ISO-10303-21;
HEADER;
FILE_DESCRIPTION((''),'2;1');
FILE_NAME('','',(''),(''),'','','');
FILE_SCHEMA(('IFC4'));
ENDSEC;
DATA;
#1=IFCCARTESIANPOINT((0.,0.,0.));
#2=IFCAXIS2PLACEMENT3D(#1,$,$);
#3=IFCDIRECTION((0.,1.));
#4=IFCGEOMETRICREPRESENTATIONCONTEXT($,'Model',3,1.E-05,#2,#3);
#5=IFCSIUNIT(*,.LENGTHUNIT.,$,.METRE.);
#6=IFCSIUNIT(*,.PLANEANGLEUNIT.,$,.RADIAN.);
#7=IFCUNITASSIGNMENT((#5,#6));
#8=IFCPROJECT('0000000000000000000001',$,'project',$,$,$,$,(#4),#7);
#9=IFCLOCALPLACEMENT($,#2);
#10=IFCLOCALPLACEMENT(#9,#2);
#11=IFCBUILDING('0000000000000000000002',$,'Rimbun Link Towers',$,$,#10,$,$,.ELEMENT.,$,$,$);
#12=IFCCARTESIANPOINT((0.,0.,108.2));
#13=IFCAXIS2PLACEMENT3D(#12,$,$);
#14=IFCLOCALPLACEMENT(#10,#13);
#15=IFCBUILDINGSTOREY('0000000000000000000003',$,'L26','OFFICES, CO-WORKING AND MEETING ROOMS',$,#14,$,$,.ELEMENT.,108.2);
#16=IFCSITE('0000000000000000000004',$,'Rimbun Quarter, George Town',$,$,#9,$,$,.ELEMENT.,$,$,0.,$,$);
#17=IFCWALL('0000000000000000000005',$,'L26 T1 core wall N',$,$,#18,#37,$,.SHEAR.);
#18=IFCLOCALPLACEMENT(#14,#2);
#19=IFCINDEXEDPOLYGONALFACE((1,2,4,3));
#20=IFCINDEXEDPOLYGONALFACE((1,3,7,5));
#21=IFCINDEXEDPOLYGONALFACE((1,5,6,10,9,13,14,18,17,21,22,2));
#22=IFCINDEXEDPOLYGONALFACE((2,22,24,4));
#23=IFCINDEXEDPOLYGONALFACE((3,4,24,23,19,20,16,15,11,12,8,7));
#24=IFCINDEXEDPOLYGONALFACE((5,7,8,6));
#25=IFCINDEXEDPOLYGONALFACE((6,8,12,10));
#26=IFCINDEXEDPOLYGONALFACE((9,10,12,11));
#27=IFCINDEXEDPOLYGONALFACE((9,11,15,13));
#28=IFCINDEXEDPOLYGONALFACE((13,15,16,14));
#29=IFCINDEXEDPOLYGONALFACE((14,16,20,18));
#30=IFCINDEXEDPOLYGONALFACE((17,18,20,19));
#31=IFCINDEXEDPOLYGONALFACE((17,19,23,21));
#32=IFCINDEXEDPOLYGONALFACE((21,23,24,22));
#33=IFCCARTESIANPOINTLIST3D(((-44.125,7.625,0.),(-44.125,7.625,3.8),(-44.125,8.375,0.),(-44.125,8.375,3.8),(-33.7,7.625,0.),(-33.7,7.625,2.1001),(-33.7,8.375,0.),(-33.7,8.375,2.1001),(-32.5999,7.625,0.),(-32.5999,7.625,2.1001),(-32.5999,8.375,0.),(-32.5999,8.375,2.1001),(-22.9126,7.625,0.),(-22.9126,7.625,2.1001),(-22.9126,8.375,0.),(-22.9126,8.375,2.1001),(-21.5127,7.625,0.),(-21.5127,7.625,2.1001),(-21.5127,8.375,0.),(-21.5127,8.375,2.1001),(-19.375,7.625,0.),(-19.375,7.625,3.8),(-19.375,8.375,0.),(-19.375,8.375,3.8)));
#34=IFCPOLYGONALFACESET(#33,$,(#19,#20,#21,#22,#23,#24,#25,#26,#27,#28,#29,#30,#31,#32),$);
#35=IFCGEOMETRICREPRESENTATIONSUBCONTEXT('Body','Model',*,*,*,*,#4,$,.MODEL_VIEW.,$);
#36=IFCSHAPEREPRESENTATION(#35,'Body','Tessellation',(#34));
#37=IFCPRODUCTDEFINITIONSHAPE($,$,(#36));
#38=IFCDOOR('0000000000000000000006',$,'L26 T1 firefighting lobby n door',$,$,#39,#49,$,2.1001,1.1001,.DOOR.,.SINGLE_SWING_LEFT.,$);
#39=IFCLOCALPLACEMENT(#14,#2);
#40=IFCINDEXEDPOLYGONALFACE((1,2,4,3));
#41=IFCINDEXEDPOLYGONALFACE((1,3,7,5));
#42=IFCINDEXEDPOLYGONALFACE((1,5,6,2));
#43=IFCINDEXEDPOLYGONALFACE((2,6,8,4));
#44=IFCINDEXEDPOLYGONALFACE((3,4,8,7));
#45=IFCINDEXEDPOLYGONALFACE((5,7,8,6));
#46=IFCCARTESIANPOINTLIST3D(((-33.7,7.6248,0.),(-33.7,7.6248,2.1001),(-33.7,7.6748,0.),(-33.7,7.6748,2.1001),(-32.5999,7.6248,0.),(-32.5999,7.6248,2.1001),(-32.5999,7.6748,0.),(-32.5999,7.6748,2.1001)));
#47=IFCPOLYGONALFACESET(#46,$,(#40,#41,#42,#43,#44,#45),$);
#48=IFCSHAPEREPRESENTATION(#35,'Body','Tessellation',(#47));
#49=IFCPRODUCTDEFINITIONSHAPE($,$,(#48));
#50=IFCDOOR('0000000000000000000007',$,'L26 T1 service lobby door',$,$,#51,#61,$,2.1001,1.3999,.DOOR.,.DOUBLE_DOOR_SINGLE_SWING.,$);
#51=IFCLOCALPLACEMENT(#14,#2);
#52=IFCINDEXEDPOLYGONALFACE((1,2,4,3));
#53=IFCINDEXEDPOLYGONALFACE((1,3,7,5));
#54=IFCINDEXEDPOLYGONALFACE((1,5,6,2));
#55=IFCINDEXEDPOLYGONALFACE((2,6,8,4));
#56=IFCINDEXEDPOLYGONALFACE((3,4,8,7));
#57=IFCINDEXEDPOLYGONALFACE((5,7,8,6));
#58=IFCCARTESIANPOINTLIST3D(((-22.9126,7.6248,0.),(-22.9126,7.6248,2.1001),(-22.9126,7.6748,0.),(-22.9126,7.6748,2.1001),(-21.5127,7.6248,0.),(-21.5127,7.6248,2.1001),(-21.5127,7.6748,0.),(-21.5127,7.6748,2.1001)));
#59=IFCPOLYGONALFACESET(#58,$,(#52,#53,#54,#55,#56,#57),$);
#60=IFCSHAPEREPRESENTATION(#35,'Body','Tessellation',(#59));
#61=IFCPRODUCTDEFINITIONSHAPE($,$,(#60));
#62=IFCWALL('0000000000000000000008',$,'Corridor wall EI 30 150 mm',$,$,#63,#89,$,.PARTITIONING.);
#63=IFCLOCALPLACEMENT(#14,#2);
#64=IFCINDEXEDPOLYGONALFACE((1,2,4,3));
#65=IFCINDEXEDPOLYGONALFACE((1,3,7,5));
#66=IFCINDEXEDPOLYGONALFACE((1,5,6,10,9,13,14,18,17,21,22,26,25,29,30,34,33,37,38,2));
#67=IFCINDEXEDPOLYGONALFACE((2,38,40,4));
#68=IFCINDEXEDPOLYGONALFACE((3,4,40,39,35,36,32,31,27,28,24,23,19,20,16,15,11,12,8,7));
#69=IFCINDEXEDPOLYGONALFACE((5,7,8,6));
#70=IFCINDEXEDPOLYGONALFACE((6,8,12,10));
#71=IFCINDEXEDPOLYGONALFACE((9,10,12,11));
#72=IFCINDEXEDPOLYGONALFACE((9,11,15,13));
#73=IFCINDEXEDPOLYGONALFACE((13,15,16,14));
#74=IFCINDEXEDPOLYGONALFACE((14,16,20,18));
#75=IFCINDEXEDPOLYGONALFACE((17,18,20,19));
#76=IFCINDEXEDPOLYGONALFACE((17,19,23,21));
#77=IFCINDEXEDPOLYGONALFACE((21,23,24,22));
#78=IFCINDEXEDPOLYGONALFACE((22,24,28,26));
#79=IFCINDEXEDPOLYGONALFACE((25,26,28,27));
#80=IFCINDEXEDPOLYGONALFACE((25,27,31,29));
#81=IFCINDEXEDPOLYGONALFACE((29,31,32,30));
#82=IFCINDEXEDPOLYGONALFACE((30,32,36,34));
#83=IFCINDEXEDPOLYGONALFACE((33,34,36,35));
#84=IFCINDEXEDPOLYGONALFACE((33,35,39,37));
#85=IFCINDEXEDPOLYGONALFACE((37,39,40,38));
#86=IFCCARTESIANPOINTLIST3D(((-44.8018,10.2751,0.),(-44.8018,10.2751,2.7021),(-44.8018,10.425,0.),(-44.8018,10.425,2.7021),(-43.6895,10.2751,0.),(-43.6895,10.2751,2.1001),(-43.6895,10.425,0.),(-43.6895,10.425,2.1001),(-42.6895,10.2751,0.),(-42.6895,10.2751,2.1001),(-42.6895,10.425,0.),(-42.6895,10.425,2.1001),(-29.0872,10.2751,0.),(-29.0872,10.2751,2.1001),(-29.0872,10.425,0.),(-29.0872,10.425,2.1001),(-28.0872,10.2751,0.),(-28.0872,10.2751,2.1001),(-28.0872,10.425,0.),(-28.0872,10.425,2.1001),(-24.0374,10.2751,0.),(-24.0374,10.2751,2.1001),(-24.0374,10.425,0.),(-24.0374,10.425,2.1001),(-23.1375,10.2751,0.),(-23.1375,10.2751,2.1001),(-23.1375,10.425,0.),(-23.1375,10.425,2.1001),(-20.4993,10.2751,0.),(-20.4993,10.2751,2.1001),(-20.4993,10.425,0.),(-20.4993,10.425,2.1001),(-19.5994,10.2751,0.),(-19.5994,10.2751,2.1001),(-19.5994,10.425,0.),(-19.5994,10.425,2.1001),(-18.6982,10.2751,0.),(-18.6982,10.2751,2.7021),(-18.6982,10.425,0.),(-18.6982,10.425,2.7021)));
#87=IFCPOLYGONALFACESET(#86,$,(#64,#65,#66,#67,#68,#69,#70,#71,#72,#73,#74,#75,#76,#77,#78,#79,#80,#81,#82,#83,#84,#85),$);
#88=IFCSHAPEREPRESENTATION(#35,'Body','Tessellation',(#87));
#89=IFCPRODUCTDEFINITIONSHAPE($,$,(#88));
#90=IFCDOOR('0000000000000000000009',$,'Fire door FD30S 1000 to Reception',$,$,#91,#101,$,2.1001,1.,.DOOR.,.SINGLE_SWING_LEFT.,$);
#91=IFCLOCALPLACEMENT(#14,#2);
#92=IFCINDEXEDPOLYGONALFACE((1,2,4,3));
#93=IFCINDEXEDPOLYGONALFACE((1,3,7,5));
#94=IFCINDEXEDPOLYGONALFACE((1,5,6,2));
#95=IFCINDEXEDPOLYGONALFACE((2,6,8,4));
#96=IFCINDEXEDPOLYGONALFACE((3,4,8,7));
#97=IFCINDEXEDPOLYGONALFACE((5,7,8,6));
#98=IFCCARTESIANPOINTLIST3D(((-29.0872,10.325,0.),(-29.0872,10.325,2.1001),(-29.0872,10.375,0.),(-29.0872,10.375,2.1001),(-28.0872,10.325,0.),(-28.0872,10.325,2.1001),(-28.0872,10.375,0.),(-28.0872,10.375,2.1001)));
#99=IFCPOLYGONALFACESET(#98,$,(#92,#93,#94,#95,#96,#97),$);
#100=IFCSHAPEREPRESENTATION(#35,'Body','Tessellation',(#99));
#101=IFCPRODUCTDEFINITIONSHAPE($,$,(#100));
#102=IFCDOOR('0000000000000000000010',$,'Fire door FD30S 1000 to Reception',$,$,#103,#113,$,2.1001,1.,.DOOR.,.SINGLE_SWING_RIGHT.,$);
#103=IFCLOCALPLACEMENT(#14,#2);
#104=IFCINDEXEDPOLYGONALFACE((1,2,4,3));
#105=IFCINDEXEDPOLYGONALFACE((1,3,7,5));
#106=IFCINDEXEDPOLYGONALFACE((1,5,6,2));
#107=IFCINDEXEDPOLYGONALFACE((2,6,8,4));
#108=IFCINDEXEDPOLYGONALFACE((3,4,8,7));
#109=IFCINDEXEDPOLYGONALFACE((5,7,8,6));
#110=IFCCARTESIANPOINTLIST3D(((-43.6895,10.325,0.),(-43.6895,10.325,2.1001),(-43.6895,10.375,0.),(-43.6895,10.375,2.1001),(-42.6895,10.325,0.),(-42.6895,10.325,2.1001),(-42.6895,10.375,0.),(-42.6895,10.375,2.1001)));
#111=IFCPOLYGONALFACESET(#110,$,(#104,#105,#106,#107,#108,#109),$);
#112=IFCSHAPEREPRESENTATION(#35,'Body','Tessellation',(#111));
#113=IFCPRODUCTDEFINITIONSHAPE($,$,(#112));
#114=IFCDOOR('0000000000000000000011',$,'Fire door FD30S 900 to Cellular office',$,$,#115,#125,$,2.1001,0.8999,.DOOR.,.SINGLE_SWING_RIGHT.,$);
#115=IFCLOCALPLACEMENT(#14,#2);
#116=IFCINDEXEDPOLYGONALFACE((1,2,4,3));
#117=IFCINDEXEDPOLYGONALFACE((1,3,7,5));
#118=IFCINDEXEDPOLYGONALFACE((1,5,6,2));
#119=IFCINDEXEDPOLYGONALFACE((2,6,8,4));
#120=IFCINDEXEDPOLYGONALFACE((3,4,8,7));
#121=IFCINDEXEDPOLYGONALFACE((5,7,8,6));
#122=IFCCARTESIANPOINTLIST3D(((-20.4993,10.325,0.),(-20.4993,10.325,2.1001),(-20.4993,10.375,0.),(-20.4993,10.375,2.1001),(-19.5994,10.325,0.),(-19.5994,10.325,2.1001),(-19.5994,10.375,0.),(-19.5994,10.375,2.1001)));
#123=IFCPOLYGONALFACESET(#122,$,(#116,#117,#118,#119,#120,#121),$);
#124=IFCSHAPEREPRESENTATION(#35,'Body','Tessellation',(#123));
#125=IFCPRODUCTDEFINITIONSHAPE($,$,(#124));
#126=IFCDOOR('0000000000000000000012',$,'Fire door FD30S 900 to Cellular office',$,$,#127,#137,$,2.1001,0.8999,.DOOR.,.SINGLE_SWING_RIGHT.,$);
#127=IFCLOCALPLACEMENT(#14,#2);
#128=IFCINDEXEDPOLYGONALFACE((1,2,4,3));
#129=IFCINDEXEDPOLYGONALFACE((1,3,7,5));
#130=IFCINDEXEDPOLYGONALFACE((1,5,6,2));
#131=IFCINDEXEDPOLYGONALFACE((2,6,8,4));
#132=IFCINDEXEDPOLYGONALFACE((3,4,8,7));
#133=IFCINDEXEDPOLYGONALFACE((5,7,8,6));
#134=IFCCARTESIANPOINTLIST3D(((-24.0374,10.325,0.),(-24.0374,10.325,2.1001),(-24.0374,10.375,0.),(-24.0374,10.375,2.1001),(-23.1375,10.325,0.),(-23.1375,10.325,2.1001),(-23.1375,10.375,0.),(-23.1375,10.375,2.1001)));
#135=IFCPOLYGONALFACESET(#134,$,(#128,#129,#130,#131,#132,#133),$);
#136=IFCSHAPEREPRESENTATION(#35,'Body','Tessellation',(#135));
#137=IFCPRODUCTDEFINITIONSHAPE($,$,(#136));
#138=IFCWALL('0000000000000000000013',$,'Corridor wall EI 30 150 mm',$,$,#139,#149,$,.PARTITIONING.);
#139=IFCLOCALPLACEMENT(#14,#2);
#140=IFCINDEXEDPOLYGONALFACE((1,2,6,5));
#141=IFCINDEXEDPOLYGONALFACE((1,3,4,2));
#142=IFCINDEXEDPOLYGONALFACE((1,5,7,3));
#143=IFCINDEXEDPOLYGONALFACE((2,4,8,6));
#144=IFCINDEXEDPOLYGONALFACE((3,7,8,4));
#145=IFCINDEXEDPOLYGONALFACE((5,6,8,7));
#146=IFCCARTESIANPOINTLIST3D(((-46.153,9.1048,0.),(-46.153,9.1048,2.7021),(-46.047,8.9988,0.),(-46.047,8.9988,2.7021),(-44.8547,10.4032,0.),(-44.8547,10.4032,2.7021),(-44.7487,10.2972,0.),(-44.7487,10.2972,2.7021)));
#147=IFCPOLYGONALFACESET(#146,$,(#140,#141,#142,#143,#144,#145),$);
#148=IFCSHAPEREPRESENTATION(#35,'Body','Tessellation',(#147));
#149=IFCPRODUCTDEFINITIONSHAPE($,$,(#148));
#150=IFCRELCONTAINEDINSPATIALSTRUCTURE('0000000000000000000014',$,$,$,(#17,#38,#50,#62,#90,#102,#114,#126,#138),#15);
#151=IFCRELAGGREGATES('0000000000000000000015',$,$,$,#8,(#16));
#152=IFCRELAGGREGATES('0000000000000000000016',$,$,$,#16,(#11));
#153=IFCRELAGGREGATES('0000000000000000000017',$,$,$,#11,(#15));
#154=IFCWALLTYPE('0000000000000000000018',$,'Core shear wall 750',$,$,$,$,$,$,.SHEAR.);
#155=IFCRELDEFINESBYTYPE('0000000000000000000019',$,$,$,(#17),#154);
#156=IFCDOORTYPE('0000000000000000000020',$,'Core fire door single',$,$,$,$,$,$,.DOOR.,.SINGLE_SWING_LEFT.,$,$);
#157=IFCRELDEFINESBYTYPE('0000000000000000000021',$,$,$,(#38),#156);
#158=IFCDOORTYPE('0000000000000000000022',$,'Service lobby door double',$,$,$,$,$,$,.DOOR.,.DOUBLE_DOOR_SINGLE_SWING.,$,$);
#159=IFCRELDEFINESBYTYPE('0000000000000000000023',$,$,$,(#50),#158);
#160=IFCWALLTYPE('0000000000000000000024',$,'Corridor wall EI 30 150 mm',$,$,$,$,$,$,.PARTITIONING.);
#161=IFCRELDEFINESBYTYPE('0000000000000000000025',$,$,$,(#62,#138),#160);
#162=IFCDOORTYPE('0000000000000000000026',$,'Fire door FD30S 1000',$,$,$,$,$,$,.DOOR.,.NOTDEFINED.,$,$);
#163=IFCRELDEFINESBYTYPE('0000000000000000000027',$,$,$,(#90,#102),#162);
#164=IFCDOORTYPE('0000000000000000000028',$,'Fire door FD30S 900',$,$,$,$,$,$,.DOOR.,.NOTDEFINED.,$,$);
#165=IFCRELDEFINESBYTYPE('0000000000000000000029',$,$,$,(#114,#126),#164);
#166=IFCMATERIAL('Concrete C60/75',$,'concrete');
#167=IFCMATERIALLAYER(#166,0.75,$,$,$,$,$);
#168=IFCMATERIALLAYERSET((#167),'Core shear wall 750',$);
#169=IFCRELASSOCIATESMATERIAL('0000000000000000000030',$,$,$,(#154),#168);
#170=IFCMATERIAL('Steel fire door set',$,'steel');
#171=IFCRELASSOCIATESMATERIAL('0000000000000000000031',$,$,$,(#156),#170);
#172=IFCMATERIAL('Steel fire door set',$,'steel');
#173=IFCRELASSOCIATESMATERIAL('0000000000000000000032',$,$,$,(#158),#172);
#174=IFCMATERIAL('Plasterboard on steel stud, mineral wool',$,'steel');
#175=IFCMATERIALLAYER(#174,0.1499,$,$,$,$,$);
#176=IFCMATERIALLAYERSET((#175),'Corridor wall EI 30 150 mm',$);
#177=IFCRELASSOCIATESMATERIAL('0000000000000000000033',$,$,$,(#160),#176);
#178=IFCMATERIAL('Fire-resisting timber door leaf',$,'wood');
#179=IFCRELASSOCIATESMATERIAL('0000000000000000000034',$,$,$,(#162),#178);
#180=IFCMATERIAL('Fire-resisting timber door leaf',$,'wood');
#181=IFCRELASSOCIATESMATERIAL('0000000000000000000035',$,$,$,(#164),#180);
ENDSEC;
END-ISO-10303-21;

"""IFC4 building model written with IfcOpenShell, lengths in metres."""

from ifc_helpers import new_model, si_unit, direction, frame, frame_2d, origin, place, context, subcontext, project, spatial, rectangle, extrude, material, layer, layer_set, type_object, element, fill, save


model = new_model("IFC4")

# Units and contexts
model_context = context("Model", 3, precision=1e-05, world=origin(), true_north=direction((0.0, 1.0)))
body_context = subcontext(model_context, "Body", "Model", "MODEL_VIEW")
ifc_project = project(units=[si_unit("LENGTHUNIT", "METRE"), si_unit("PLANEANGLEUNIT", "RADIAN")], contexts=[model_context])

# Site, building, storey
site_placement = place(None, origin())
site = spatial("IfcSite", under=ifc_project, at=site_placement, Name="Rimbun Quarter, George Town", CompositionType="ELEMENT", RefElevation=0.0)
building_placement = place(site_placement, origin())
building = spatial("IfcBuilding", under=site, at=building_placement, Name="Rimbun Link Towers", CompositionType="ELEMENT")
storey_placement = place(building_placement, frame((0.0, 0.0, 108.2)))
storey = spatial("IfcBuildingStorey", under=building, at=storey_placement, Name="L26", Description="OFFICES, CO-WORKING AND MEETING ROOMS", CompositionType="ELEMENT", Elevation=108.2)

# Walls, openings, doors
ifc_material_1 = material(Name="Concrete C60/75", Category="concrete")
ifc_layer_1 = layer(ifc_material_1, 0.75)
ifc_layer_set_1 = layer_set([ifc_layer_1], Name="Core shear wall 750")
wall_type_1 = type_object("IfcWallType", Name="Core shear wall 750", PredefinedType="SHEAR", material=ifc_layer_set_1)
wall_1_placement = place(storey_placement, frame((-44.125, 8.0, 0.0), z_axis=(0.0, 0.0, 1.0), x_axis=(1.0, 0.0, 0.0)))
wall_1 = element("IfcWall", 1, at=wall_1_placement, inside=storey, type_object=wall_type_1, Name="L26 T1 core wall N", PredefinedType="SHEAR", context=body_context, shape_type="SweptSolid", body=[
    extrude(rectangle(XDim=24.75, YDim=0.75, at=frame_2d((12.375, 0.0))), origin(), (0.0, 0.0, 1.0), 3.8),
])
opening_1_placement = place(wall_1_placement, frame((10.425, 0.0, 0.0)))
opening_1 = element("IfcOpeningElement", 2, at=opening_1_placement, cuts=wall_1, PredefinedType="OPENING", context=body_context, shape_type="SweptSolid", body=[
    extrude(rectangle(XDim=1.1001, YDim=2.1001, at=frame_2d((0.55, 1.05))), frame((0.0, 0.385, 0.0), z_axis=(0.0, -1.0, 0.0), x_axis=(1.0, 0.0, 0.0)), (0.0, 0.0, 1.0), 0.77),
])
opening_2_placement = place(wall_1_placement, frame((21.2124, 0.0, 0.0)))
opening_2 = element("IfcOpeningElement", 3, at=opening_2_placement, cuts=wall_1, PredefinedType="OPENING", context=body_context, shape_type="SweptSolid", body=[
    extrude(rectangle(XDim=1.3999, YDim=2.1001, at=frame_2d((0.7, 1.05))), frame((0.0, 0.385, 0.0), z_axis=(0.0, -1.0, 0.0), x_axis=(1.0, 0.0, 0.0)), (0.0, 0.0, 1.0), 0.77),
])
ifc_material_2 = material(Name="Steel fire door set", Category="steel")
door_type_1 = type_object("IfcDoorType", Name="Core fire door single", OperationType="SINGLE_SWING_LEFT", PredefinedType="DOOR", material=ifc_material_2)
door_1_placement = place(opening_1_placement, origin())
door_1 = element("IfcDoor", 4, at=door_1_placement, inside=storey, type_object=door_type_1, Name="L26 T1 firefighting lobby n door", OperationType="SINGLE_SWING_LEFT", OverallHeight=2.1001, OverallWidth=1.1001, PredefinedType="DOOR", context=body_context, shape_type="SweptSolid", body=[
    extrude(rectangle(XDim=1.1001, YDim=2.1001, at=frame_2d((0.55, 1.05))), frame((0.0, -0.3252, 0.0), z_axis=(0.0, -1.0, 0.0), x_axis=(1.0, 0.0, 0.0)), (0.0, 0.0, 1.0), 0.05),
])
fill(opening_1, door_1)
ifc_material_3 = material(Name="Steel fire door set", Category="steel")
door_type_2 = type_object("IfcDoorType", Name="Service lobby door double", OperationType="DOUBLE_DOOR_SINGLE_SWING", PredefinedType="DOOR", material=ifc_material_3)
door_2_placement = place(opening_2_placement, origin())
door_2 = element("IfcDoor", 5, at=door_2_placement, inside=storey, type_object=door_type_2, Name="L26 T1 service lobby door", OperationType="DOUBLE_DOOR_SINGLE_SWING", OverallHeight=2.1001, OverallWidth=1.3999, PredefinedType="DOOR", context=body_context, shape_type="SweptSolid", body=[
    extrude(rectangle(XDim=1.3999, YDim=2.1001, at=frame_2d((0.7, 1.05))), frame((0.0, -0.3252, 0.0), z_axis=(0.0, -1.0, 0.0), x_axis=(1.0, 0.0, 0.0)), (0.0, 0.0, 1.0), 0.05),
])
fill(opening_2, door_2)
ifc_material_4 = material(Name="Plasterboard on steel stud, mineral wool", Category="steel")
ifc_layer_2 = layer(ifc_material_4, 0.1499)
ifc_layer_set_2 = layer_set([ifc_layer_2], Name="Corridor wall EI 30 150 mm")
wall_type_2 = type_object("IfcWallType", Name="Corridor wall EI 30 150 mm", PredefinedType="PARTITIONING", material=ifc_layer_set_2)
wall_2_placement = place(storey_placement, frame((-44.8018, 10.3501, 0.0), z_axis=(0.0, 0.0, 1.0), x_axis=(1.0, 0.0, 0.0)))
wall_2 = element("IfcWall", 6, at=wall_2_placement, inside=storey, type_object=wall_type_2, Name="Corridor wall EI 30 150 mm", PredefinedType="PARTITIONING", context=body_context, shape_type="SweptSolid", body=[
    extrude(rectangle(XDim=26.1035, YDim=0.1499, at=frame_2d((13.0518, 0.0))), origin(), (0.0, 0.0, 1.0), 2.7021),
])
opening_3_placement = place(wall_2_placement, frame((24.3025, 0.0, 0.0)))
opening_3 = element("IfcOpeningElement", 7, at=opening_3_placement, cuts=wall_2, PredefinedType="OPENING", context=body_context, shape_type="SweptSolid", body=[
    extrude(rectangle(XDim=0.8999, YDim=2.1001, at=frame_2d((0.45, 1.05))), frame((0.0, 0.085, 0.0), z_axis=(0.0, -1.0, 0.0), x_axis=(1.0, 0.0, 0.0)), (0.0, 0.0, 1.0), 0.1699),
])
opening_4_placement = place(wall_2_placement, frame((20.7644, 0.0, 0.0)))
opening_4 = element("IfcOpeningElement", 8, at=opening_4_placement, cuts=wall_2, PredefinedType="OPENING", context=body_context, shape_type="SweptSolid", body=[
    extrude(rectangle(XDim=0.8999, YDim=2.1001, at=frame_2d((0.45, 1.05))), frame((0.0, 0.085, 0.0), z_axis=(0.0, -1.0, 0.0), x_axis=(1.0, 0.0, 0.0)), (0.0, 0.0, 1.0), 0.1699),
])
opening_5_placement = place(wall_2_placement, frame((15.7146, 0.0, 0.0)))
opening_5 = element("IfcOpeningElement", 9, at=opening_5_placement, cuts=wall_2, PredefinedType="OPENING", context=body_context, shape_type="SweptSolid", body=[
    extrude(rectangle(XDim=1.0, YDim=2.1001, at=frame_2d((0.5, 1.05))), frame((0.0, 0.085, 0.0), z_axis=(0.0, -1.0, 0.0), x_axis=(1.0, 0.0, 0.0)), (0.0, 0.0, 1.0), 0.1699),
])
opening_6_placement = place(wall_2_placement, frame((1.1123, 0.0, 0.0)))
opening_6 = element("IfcOpeningElement", 10, at=opening_6_placement, cuts=wall_2, PredefinedType="OPENING", context=body_context, shape_type="SweptSolid", body=[
    extrude(rectangle(XDim=1.0, YDim=2.1001, at=frame_2d((0.5, 1.05))), frame((0.0, 0.085, 0.0), z_axis=(0.0, -1.0, 0.0), x_axis=(1.0, 0.0, 0.0)), (0.0, 0.0, 1.0), 0.1699),
])
ifc_material_5 = material(Name="Fire-resisting timber door leaf", Category="wood")
door_type_3 = type_object("IfcDoorType", Name="Fire door FD30S 1000", OperationType="NOTDEFINED", PredefinedType="DOOR", material=ifc_material_5)
door_3_placement = place(opening_5_placement, origin())
door_3 = element("IfcDoor", 11, at=door_3_placement, inside=storey, type_object=door_type_3, Name="Fire door FD30S 1000 to Reception", OperationType="SINGLE_SWING_LEFT", OverallHeight=2.1001, OverallWidth=1.0, PredefinedType="DOOR", context=body_context, shape_type="SweptSolid", body=[
    extrude(rectangle(XDim=1.0, YDim=2.1001, at=frame_2d((0.5, 1.05))), frame((0.0, 0.0249, 0.0), z_axis=(0.0, -1.0, 0.0), x_axis=(1.0, 0.0, 0.0)), (0.0, 0.0, 1.0), 0.05),
])
fill(opening_5, door_3)
door_4_placement = place(opening_6_placement, origin())
door_4 = element("IfcDoor", 12, at=door_4_placement, inside=storey, type_object=door_type_3, Name="Fire door FD30S 1000 to Reception", OperationType="SINGLE_SWING_RIGHT", OverallHeight=2.1001, OverallWidth=1.0, PredefinedType="DOOR", context=body_context, shape_type="SweptSolid", body=[
    extrude(rectangle(XDim=1.0, YDim=2.1001, at=frame_2d((0.5, 1.05))), frame((0.0, 0.0249, 0.0), z_axis=(0.0, -1.0, 0.0), x_axis=(1.0, 0.0, 0.0)), (0.0, 0.0, 1.0), 0.05),
])
fill(opening_6, door_4)
ifc_material_6 = material(Name="Fire-resisting timber door leaf", Category="wood")
door_type_4 = type_object("IfcDoorType", Name="Fire door FD30S 900", OperationType="NOTDEFINED", PredefinedType="DOOR", material=ifc_material_6)
door_5_placement = place(opening_3_placement, origin())
door_5 = element("IfcDoor", 13, at=door_5_placement, inside=storey, type_object=door_type_4, Name="Fire door FD30S 900 to Cellular office", OperationType="SINGLE_SWING_RIGHT", OverallHeight=2.1001, OverallWidth=0.8999, PredefinedType="DOOR", context=body_context, shape_type="SweptSolid", body=[
    extrude(rectangle(XDim=0.8999, YDim=2.1001, at=frame_2d((0.45, 1.05))), frame((0.0, 0.0249, 0.0), z_axis=(0.0, -1.0, 0.0), x_axis=(1.0, 0.0, 0.0)), (0.0, 0.0, 1.0), 0.05),
])
fill(opening_3, door_5)
door_6_placement = place(opening_4_placement, origin())
door_6 = element("IfcDoor", 14, at=door_6_placement, inside=storey, type_object=door_type_4, Name="Fire door FD30S 900 to Cellular office", OperationType="SINGLE_SWING_RIGHT", OverallHeight=2.1001, OverallWidth=0.8999, PredefinedType="DOOR", context=body_context, shape_type="SweptSolid", body=[
    extrude(rectangle(XDim=0.8999, YDim=2.1001, at=frame_2d((0.45, 1.05))), frame((0.0, 0.0249, 0.0), z_axis=(0.0, -1.0, 0.0), x_axis=(1.0, 0.0, 0.0)), (0.0, 0.0, 1.0), 0.05),
])
fill(opening_4, door_6)

# Wall
wall_3_placement = place(storey_placement, frame((-44.8018, 10.3501, 0.0), z_axis=(0.0, 0.0, 1.0), x_axis=(-0.707107, -0.707107, 0.0)))
element("IfcWall", 15, at=wall_3_placement, inside=storey, type_object=wall_type_2, Name="Corridor wall EI 30 150 mm", PredefinedType="PARTITIONING", context=body_context, shape_type="SweptSolid", body=[
    extrude(rectangle(XDim=1.8362, YDim=0.1499, at=frame_2d((0.918, 0.0))), origin(), (0.0, 0.0, 1.0), 2.7021),
])

save(model, "model.ifc")
